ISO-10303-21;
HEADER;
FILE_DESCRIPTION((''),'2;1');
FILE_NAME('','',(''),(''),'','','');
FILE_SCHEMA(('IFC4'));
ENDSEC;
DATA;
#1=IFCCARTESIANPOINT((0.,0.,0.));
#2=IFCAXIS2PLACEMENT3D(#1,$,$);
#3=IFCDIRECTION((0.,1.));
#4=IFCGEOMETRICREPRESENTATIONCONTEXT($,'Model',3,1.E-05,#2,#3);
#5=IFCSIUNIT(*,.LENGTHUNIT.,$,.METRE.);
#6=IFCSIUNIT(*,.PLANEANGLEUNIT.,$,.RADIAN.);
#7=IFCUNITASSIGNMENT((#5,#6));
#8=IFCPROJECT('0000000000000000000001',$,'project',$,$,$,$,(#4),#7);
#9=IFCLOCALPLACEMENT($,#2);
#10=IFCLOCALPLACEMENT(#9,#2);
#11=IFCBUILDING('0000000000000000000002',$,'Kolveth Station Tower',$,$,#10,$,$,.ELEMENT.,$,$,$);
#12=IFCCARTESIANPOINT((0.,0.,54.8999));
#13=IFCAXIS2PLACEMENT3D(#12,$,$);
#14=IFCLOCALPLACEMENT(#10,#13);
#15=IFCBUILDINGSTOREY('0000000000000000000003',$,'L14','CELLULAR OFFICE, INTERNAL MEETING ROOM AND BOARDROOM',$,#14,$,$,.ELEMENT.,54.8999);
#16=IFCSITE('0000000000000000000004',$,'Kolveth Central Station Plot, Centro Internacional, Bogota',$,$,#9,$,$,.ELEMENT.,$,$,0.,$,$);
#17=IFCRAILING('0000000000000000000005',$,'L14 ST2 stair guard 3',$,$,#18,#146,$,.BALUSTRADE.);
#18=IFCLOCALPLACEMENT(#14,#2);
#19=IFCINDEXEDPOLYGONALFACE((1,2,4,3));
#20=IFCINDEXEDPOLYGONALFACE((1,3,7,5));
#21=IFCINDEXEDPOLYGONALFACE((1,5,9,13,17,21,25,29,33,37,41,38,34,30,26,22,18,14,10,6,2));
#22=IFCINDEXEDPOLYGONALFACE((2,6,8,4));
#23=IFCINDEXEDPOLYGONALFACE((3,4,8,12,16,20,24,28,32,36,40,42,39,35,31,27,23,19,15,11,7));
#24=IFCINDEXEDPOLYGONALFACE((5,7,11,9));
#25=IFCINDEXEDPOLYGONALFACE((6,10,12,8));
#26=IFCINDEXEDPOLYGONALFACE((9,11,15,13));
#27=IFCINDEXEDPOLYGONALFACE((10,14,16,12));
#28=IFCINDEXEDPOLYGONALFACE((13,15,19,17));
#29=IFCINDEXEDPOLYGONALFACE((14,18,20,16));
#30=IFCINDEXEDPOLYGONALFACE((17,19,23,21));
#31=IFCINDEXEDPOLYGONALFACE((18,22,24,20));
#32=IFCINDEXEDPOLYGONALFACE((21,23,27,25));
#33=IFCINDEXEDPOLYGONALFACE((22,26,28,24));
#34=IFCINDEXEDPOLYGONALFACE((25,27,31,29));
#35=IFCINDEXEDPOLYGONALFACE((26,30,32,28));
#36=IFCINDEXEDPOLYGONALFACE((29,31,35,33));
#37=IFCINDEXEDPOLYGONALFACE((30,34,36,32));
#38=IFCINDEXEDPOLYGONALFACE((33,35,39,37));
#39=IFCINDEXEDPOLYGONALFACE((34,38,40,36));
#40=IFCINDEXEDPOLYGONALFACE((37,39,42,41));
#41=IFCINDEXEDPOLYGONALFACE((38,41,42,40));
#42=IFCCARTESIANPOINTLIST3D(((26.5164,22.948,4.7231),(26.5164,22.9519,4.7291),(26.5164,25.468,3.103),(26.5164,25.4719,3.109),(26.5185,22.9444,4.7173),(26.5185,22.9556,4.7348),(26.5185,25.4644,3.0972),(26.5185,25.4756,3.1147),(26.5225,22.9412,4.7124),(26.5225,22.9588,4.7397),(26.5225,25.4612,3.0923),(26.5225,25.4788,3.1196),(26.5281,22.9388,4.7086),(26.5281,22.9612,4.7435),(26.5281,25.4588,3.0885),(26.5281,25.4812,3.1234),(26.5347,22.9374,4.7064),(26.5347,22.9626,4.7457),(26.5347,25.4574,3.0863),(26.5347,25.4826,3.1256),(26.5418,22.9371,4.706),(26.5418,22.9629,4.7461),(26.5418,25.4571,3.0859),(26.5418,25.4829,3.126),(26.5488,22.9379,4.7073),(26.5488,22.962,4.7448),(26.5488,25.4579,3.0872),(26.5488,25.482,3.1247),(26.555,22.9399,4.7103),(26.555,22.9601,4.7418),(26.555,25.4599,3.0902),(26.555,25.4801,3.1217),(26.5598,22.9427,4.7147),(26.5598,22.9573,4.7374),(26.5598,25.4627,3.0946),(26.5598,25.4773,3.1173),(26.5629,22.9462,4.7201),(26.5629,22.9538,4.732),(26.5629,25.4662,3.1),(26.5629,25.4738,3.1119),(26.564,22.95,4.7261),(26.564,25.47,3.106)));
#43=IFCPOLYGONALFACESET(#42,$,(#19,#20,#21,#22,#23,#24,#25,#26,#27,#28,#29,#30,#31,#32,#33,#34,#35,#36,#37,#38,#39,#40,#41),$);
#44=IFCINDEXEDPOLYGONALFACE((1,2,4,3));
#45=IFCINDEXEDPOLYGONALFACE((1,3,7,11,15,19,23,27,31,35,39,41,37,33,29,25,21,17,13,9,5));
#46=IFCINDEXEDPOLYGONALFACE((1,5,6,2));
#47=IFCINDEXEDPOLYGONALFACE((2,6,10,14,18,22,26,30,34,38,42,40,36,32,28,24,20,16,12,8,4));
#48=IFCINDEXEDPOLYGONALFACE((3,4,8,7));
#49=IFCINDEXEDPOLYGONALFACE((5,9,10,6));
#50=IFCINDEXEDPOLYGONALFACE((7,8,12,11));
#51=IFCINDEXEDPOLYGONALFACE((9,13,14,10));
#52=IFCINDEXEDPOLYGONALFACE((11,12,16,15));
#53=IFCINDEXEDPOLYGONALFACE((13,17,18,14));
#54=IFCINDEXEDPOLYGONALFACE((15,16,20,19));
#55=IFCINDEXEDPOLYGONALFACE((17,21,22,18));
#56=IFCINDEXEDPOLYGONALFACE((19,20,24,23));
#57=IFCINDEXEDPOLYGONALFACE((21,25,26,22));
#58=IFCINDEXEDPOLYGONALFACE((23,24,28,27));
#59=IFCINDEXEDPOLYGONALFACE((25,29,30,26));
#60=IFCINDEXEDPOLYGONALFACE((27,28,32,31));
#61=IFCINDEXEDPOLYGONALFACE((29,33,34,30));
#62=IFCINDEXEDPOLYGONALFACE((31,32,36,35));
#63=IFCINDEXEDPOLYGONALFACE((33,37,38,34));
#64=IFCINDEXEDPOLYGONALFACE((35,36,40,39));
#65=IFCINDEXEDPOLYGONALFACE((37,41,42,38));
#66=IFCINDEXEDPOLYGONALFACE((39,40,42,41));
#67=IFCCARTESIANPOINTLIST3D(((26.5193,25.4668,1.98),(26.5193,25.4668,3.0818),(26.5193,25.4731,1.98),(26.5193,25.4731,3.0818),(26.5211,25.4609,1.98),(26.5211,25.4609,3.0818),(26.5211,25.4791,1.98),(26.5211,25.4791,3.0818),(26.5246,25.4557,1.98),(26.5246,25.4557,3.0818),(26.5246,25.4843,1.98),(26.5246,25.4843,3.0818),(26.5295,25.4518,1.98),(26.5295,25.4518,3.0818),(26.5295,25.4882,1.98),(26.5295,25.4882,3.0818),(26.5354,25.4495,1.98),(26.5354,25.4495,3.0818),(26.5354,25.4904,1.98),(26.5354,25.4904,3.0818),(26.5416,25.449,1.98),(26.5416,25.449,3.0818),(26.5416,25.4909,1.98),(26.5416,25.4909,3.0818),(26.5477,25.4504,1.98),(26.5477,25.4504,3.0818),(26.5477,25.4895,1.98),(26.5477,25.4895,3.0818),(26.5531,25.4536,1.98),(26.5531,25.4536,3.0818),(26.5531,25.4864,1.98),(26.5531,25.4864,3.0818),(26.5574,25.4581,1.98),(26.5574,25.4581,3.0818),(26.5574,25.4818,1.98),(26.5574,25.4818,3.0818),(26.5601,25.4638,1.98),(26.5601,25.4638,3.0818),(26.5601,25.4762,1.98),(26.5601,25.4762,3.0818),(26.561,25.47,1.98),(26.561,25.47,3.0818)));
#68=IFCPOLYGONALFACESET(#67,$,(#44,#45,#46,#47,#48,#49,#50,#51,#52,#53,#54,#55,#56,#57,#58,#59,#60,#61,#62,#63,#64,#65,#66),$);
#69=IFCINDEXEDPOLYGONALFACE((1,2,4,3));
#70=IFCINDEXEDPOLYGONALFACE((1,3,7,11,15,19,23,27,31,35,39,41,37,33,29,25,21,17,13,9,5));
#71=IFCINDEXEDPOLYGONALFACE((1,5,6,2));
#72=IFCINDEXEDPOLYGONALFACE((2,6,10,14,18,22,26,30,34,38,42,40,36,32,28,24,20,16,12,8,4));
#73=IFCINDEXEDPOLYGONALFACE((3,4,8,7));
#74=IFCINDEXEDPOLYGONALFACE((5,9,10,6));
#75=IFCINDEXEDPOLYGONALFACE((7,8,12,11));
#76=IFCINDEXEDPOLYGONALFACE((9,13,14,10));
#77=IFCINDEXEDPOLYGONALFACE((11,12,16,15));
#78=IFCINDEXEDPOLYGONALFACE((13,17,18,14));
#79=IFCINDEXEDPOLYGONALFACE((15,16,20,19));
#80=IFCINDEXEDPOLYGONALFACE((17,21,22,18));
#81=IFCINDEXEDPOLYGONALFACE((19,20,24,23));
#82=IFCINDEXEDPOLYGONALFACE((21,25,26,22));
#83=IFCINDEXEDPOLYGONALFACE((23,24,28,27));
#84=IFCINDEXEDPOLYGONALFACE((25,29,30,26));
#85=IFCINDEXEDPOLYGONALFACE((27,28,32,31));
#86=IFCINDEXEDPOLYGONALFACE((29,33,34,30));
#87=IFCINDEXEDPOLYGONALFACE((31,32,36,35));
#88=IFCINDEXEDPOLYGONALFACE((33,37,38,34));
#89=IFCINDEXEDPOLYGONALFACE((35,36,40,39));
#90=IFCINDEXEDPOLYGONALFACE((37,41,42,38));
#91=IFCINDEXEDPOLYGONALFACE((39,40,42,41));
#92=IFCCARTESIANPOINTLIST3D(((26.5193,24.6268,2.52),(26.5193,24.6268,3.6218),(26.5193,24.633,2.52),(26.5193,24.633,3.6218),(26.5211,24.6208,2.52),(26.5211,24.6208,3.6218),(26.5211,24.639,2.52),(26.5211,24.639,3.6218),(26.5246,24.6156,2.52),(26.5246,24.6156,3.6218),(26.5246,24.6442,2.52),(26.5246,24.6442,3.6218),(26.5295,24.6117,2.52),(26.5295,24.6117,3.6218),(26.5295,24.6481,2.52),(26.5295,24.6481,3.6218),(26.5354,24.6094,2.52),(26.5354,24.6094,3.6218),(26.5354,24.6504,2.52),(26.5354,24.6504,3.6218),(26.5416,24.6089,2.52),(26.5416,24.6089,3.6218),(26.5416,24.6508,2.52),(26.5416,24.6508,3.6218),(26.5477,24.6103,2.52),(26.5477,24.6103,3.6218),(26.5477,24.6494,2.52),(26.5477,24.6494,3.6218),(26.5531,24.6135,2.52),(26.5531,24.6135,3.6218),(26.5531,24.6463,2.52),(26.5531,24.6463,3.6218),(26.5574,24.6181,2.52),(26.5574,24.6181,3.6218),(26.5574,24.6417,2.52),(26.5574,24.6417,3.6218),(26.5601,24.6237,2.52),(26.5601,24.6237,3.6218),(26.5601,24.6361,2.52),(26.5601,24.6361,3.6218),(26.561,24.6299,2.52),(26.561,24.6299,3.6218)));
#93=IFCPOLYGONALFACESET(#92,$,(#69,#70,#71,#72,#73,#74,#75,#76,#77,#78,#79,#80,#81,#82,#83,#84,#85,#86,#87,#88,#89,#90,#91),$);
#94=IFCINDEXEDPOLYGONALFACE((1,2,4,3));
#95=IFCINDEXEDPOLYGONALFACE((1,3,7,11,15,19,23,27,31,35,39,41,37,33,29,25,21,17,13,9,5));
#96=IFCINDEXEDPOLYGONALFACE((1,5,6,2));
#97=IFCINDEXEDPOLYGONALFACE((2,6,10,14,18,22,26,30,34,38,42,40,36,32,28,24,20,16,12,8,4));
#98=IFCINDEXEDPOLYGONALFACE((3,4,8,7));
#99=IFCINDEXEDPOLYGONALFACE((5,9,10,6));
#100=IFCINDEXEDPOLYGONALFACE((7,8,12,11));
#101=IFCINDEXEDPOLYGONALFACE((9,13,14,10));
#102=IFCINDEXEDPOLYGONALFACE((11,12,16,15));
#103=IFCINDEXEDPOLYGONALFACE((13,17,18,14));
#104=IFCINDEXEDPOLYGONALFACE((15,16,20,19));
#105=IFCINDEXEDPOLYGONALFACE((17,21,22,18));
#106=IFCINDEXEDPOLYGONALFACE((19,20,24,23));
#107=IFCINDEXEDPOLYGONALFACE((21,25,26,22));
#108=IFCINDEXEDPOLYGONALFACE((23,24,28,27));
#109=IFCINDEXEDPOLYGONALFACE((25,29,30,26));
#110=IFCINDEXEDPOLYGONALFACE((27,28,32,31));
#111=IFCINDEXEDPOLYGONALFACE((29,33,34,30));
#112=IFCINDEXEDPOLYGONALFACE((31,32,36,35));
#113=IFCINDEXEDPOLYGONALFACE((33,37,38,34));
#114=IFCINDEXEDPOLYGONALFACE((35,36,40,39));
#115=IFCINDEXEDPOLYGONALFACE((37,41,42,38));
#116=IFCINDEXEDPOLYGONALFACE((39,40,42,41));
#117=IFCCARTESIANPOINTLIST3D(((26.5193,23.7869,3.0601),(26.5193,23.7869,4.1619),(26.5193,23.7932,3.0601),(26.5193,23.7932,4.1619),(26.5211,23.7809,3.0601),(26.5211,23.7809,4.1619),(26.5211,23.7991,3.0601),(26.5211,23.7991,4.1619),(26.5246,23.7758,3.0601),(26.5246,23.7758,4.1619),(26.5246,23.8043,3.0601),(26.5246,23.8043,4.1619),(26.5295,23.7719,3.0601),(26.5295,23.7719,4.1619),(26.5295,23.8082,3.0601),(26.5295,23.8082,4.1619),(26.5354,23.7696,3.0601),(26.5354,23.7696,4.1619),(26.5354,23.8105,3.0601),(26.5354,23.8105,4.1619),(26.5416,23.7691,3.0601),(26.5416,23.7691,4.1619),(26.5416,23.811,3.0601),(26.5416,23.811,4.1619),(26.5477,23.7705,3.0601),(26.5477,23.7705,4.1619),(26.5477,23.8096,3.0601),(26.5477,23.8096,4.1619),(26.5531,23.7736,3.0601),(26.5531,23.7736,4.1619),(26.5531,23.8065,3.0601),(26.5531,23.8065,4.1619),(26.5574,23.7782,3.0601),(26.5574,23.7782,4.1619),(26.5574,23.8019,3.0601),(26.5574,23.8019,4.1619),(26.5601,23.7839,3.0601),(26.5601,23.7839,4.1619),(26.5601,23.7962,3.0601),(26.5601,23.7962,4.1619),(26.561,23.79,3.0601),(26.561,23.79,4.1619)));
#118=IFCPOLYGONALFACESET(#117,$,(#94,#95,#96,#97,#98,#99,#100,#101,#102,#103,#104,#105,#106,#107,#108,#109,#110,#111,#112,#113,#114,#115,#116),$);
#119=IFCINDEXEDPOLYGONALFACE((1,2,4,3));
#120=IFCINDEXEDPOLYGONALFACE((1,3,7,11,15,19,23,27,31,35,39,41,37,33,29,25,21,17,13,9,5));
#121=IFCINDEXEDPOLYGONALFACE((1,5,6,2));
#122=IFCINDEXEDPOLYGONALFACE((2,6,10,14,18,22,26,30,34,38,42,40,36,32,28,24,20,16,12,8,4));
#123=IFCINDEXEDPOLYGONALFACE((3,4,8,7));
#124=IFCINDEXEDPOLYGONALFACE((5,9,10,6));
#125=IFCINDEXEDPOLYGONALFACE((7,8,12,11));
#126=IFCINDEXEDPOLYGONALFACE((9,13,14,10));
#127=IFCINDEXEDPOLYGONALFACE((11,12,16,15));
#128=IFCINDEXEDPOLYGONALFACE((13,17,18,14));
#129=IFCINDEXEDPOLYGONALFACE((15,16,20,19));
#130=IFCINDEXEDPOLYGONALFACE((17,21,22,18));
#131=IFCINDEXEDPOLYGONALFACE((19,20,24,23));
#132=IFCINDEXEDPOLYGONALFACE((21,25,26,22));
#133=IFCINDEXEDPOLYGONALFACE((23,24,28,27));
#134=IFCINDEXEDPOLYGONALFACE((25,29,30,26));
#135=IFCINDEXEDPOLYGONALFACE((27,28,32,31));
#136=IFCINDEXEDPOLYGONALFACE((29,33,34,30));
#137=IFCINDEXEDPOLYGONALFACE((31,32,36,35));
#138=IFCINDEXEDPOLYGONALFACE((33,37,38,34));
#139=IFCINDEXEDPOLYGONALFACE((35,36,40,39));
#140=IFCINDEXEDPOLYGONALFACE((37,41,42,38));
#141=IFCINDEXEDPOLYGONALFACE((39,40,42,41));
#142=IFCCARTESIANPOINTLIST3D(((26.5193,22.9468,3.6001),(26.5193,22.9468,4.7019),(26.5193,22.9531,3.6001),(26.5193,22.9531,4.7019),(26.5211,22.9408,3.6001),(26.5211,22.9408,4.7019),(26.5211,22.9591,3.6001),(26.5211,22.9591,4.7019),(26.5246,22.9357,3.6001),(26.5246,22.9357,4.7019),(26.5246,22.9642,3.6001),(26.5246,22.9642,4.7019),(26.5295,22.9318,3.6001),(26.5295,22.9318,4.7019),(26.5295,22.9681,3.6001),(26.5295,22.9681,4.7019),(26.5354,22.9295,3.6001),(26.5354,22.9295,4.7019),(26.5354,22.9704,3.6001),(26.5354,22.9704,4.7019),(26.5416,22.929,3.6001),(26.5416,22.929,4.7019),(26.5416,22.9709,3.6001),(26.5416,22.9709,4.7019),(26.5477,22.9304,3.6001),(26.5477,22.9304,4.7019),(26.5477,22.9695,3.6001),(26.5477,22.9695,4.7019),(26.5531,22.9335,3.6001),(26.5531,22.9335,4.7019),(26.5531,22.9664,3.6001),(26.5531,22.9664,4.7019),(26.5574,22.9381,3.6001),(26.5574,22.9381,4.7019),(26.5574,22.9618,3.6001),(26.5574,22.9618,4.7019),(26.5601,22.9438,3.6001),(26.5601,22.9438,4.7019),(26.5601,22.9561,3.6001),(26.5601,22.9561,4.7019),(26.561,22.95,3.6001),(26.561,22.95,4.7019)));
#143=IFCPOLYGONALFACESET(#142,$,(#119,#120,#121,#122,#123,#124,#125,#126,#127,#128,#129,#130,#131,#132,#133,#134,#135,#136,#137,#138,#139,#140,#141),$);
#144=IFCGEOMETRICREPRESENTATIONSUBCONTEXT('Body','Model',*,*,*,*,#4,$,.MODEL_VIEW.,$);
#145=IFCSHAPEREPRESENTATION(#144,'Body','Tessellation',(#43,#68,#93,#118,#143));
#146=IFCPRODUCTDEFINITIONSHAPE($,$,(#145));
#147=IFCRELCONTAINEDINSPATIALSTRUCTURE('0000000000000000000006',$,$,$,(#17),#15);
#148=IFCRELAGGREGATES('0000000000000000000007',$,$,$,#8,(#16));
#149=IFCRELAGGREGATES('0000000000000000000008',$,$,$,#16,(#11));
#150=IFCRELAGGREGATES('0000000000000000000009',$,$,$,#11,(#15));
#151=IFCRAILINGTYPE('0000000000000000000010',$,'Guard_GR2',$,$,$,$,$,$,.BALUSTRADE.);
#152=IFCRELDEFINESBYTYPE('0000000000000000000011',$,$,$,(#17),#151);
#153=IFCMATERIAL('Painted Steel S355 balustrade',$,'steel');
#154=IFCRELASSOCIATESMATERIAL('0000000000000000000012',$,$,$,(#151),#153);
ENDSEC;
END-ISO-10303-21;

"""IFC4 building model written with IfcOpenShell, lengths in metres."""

from ifc_helpers import new_model, si_unit, direction, frame, origin, origin_2d, place, context, subcontext, project, spatial, circle, extrude, material, type_object, element, save


model = new_model("IFC4")

# Units and contexts
model_context = context("Model", 3, precision=1e-05, world=origin(), true_north=direction((0.0, 1.0)))
body_context = subcontext(model_context, "Body", "Model", "MODEL_VIEW")
ifc_project = project(units=[si_unit("LENGTHUNIT", "METRE"), si_unit("PLANEANGLEUNIT", "RADIAN")], contexts=[model_context])

# Site, building, storey
site_placement = place(None, origin())
site = spatial("IfcSite", under=ifc_project, at=site_placement, Name="Kolveth Central Station Plot, Centro Internacional, Bogota", CompositionType="ELEMENT", RefElevation=0.0)
building_placement = place(site_placement, origin())
building = spatial("IfcBuilding", under=site, at=building_placement, Name="Kolveth Station Tower", CompositionType="ELEMENT")
storey_placement = place(building_placement, frame((0.0, 0.0, 54.8999)))
storey = spatial("IfcBuildingStorey", under=building, at=storey_placement, Name="L14", Description="CELLULAR OFFICE, INTERNAL MEETING ROOM AND BOARDROOM", CompositionType="ELEMENT", Elevation=54.8999)

# Railing
ifc_material_1 = material(Name="Painted Steel S355 balustrade", Category="steel")
railing_type_1 = type_object("IfcRailingType", Name="Guard_GR2", PredefinedType="BALUSTRADE", material=ifc_material_1)
railing_1_placement = place(storey_placement, frame((26.54, 25.47, 1.98)))
element("IfcRailing", 1, at=railing_1_placement, inside=storey, type_object=railing_type_1, Name="L14 ST2 stair guard 3", PredefinedType="BALUSTRADE", context=body_context, shape_type="SweptSolid", body=[
    extrude(circle(Radius=0.0239, at=origin_2d()), frame((0.0, 0.0, 1.126), z_axis=(0.0, -0.841163, 0.540782), x_axis=(1.0, 0.0, 0.0)), (0.0, 0.0, 1.0), 2.9958),
    extrude(circle(Radius=0.021, at=origin_2d()), origin(), (0.0, 0.0, 1.0), 1.1018),
    extrude(circle(Radius=0.021, at=origin_2d()), frame((0.0, -0.8401, 0.54)), (0.0, 0.0, 1.0), 1.1018),
    extrude(circle(Radius=0.021, at=origin_2d()), frame((0.0, -1.6799, 1.0801)), (0.0, 0.0, 1.0), 1.1018),
    extrude(circle(Radius=0.021, at=origin_2d()), frame((0.0, -2.52, 1.6201)), (0.0, 0.0, 1.0), 1.1018),
])

save(model, "model.ifc")
